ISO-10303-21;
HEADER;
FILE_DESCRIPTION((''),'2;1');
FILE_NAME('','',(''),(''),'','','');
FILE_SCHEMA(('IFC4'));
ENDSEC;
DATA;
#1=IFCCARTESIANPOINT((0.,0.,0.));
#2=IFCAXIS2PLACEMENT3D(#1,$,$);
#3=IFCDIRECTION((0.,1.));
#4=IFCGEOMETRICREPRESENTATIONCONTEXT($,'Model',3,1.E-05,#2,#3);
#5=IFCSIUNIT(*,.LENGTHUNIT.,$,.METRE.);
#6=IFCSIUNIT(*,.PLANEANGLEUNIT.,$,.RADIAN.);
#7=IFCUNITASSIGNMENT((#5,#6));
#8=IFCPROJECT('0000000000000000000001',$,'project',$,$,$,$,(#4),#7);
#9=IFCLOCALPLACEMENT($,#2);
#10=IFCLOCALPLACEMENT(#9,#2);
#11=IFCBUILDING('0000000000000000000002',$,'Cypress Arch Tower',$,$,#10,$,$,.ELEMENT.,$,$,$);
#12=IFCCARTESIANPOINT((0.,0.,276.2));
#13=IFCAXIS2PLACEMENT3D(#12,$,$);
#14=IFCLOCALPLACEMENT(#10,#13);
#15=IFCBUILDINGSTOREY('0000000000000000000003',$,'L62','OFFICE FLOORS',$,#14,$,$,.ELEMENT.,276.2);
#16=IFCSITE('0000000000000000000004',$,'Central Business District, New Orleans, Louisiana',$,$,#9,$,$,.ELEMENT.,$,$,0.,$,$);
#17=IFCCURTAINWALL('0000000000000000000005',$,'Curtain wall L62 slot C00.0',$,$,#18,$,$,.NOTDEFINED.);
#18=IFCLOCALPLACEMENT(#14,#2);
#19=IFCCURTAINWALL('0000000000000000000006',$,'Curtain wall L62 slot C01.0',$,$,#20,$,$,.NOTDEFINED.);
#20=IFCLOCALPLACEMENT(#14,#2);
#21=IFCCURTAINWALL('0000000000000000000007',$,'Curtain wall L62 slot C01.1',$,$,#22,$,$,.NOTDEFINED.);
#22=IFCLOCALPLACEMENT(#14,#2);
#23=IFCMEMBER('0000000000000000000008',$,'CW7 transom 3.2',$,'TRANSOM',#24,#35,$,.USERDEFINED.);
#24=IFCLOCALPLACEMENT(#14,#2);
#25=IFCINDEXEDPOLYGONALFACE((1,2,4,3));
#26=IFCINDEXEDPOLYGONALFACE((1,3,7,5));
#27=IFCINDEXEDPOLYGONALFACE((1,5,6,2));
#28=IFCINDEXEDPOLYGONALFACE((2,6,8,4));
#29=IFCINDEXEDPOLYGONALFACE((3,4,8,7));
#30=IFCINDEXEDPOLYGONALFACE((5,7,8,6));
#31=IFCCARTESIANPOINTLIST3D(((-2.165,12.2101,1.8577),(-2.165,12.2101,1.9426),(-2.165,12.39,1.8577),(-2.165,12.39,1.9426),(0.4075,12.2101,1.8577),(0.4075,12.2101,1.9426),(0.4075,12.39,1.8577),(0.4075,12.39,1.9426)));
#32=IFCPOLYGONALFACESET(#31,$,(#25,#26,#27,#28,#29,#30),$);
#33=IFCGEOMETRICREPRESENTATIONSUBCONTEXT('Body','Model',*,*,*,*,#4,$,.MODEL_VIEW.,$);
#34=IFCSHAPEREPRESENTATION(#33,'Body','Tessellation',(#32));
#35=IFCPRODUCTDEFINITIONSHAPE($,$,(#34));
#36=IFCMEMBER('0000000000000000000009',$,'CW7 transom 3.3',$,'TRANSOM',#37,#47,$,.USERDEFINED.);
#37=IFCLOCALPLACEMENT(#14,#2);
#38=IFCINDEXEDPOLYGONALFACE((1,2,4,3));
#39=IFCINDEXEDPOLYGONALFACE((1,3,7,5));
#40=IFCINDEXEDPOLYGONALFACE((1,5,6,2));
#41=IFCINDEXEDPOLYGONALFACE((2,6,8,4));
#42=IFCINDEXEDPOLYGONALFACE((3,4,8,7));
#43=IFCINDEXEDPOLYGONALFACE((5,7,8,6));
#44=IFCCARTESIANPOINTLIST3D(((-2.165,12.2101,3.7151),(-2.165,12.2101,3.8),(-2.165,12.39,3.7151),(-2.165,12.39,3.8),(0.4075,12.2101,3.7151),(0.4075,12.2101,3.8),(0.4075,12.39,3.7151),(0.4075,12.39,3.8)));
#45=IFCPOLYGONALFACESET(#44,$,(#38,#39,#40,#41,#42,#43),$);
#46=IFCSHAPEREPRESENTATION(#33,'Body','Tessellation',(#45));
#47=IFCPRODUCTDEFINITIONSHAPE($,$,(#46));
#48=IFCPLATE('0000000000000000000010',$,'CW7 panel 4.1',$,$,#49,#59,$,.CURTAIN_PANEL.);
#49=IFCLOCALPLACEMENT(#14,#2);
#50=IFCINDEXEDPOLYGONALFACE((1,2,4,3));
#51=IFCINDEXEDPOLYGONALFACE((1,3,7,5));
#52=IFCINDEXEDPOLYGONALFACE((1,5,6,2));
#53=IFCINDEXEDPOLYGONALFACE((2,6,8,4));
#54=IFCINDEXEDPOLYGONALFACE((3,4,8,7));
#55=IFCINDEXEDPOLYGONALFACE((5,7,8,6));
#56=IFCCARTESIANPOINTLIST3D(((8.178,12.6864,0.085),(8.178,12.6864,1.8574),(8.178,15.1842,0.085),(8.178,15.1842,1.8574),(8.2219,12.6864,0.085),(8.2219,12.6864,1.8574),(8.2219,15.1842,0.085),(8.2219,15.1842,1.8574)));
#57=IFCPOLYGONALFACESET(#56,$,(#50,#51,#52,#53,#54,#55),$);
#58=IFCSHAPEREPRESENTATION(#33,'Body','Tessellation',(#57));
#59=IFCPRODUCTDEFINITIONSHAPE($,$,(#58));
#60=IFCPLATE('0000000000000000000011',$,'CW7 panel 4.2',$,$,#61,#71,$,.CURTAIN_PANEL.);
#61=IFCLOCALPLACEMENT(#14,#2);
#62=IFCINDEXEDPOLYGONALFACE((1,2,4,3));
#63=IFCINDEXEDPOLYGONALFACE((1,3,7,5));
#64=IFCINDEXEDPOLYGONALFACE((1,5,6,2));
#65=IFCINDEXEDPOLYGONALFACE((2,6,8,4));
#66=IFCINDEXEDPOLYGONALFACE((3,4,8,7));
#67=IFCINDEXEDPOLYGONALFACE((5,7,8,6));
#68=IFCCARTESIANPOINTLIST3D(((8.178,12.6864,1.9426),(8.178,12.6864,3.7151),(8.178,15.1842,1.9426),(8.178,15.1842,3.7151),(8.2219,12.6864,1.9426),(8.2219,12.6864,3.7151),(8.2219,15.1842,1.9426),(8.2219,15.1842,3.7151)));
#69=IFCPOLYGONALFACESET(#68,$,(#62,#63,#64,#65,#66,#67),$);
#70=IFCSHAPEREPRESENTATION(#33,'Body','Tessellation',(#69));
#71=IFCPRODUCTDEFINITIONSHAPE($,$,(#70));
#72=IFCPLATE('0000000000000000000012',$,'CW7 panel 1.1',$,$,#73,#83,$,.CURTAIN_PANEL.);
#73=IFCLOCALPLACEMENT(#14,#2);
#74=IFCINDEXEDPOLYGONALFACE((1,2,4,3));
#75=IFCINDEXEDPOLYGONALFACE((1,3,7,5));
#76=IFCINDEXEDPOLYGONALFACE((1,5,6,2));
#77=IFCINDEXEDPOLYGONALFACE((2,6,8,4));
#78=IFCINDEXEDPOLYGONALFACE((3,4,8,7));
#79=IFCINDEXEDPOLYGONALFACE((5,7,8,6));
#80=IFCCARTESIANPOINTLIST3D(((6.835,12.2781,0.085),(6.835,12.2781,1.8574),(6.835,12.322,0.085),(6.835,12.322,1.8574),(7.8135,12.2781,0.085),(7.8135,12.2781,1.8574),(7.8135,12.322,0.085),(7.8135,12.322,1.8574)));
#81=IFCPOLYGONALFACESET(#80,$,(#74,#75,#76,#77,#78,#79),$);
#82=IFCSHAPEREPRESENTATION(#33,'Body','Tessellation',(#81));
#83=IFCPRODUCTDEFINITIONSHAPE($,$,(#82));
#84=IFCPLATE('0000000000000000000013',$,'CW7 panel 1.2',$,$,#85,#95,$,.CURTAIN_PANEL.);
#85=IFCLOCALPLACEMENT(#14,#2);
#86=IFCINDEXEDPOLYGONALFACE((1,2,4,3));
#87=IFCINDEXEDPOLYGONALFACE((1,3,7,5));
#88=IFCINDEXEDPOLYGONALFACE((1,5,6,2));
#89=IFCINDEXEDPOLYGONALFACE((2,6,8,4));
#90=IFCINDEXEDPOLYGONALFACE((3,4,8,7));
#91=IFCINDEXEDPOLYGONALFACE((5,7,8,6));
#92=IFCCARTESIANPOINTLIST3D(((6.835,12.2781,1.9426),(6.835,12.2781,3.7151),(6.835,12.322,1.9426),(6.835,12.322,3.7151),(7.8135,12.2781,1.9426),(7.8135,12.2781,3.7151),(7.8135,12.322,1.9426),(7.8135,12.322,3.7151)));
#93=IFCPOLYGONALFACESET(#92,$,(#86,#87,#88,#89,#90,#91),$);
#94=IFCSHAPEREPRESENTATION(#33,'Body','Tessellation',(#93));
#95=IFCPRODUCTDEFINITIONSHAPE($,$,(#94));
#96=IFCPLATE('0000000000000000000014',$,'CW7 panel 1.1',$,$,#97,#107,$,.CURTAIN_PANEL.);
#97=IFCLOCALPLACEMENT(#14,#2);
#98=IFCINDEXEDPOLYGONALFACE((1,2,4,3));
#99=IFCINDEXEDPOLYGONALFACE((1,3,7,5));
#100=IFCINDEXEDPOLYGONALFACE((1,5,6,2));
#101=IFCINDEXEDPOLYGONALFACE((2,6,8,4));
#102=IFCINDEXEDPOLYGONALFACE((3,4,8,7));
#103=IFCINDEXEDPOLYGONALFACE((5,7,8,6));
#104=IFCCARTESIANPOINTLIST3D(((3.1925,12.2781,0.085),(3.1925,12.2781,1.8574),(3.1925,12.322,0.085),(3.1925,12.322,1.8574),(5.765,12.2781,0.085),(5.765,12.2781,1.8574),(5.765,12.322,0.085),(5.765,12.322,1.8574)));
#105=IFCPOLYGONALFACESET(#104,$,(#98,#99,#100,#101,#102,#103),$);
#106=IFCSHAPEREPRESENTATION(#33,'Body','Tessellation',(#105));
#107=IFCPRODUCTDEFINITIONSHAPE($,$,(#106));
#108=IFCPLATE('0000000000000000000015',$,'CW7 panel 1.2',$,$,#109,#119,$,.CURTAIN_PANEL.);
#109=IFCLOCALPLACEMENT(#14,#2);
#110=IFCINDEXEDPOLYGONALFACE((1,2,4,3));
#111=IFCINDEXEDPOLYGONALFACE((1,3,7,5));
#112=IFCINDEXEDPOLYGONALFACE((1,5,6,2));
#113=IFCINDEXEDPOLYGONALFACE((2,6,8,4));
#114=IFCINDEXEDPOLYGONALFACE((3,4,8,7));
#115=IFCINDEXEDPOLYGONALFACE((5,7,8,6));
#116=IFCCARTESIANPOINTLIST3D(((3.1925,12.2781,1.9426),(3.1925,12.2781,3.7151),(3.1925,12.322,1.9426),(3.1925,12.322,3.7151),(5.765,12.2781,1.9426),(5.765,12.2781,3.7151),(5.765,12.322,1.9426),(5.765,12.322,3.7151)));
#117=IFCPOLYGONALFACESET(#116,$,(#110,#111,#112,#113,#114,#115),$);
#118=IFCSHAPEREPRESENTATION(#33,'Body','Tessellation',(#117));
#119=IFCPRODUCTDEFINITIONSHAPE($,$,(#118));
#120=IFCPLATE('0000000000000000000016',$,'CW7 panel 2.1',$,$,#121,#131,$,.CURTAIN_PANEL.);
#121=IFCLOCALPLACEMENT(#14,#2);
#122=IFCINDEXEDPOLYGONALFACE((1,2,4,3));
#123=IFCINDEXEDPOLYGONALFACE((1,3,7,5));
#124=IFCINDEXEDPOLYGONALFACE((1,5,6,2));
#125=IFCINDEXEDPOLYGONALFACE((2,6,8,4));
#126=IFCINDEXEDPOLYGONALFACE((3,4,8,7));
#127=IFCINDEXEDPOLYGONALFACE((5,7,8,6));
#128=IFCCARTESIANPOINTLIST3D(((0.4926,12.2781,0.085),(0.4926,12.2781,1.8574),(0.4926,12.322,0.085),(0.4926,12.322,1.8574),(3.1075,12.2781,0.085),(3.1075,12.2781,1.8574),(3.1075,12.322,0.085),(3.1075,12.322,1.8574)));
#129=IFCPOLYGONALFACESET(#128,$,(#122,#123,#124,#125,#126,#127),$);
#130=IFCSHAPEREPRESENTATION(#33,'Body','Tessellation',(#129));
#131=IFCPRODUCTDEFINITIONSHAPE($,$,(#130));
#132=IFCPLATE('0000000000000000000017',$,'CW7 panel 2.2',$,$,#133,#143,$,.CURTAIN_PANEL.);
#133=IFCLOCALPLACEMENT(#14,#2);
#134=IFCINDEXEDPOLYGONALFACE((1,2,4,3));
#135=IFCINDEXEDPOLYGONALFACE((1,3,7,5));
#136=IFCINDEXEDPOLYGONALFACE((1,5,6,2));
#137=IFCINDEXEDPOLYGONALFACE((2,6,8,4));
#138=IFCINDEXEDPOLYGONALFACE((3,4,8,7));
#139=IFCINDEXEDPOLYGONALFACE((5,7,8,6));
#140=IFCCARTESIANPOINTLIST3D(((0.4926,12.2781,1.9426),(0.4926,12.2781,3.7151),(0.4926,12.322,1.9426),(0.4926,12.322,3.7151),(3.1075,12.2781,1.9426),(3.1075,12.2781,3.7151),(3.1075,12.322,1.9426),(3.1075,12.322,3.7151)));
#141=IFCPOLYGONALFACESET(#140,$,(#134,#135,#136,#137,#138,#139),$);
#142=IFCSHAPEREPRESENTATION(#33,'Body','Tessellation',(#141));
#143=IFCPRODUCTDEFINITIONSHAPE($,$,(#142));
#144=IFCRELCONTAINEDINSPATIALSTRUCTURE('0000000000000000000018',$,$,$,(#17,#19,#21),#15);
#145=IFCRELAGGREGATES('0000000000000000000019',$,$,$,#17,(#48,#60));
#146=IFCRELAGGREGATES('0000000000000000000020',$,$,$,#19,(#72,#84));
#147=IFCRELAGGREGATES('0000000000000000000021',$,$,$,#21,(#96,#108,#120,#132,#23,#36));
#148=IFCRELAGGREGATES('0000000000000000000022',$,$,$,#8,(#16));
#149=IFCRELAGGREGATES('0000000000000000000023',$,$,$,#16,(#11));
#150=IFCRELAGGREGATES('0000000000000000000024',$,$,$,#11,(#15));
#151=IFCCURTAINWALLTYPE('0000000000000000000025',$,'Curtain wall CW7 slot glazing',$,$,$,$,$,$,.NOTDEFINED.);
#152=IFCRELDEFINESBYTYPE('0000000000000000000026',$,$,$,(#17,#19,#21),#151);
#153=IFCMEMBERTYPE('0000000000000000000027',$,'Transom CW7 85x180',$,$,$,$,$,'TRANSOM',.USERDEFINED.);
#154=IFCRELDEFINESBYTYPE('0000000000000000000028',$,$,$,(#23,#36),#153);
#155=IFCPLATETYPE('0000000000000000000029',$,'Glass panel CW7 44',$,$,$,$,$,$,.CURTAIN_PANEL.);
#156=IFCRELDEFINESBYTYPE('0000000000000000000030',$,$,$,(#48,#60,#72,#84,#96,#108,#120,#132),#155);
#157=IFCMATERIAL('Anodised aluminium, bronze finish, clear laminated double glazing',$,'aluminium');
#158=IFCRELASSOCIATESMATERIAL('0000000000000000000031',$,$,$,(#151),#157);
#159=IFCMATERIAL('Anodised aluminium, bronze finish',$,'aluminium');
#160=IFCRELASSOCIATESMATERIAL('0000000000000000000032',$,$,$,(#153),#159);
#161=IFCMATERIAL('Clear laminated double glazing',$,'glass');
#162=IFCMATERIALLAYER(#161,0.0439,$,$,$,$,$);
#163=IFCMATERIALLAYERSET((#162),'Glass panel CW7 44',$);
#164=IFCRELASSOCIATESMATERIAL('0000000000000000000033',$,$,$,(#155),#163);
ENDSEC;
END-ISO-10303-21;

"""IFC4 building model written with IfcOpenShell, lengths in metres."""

from ifc_helpers import new_model, si_unit, direction, frame, origin, origin_2d, place, context, subcontext, project, spatial, rectangle, extrude, material, layer, layer_set, material_profile, profile_set, type_object, element, aggregate, save


model = new_model("IFC4")

# Units and contexts
model_context = context("Model", 3, precision=1e-05, world=origin(), true_north=direction((0.0, 1.0)))
body_context = subcontext(model_context, "Body", "Model", "MODEL_VIEW")
ifc_project = project(units=[si_unit("LENGTHUNIT", "METRE"), si_unit("PLANEANGLEUNIT", "RADIAN")], contexts=[model_context])

# Site, building, storey
site_placement = place(None, origin())
site = spatial("IfcSite", under=ifc_project, at=site_placement, Name="Central Business District, New Orleans, Louisiana", CompositionType="ELEMENT", RefElevation=0.0)
building_placement = place(site_placement, origin())
building = spatial("IfcBuilding", under=site, at=building_placement, Name="Cypress Arch Tower", CompositionType="ELEMENT")
storey_placement = place(building_placement, frame((0.0, 0.0, 276.2)))
storey = spatial("IfcBuildingStorey", under=building, at=storey_placement, Name="L62", Description="OFFICE FLOORS", CompositionType="ELEMENT", Elevation=276.2)

# Curtain walls
ifc_material_1 = material(Name="Anodised aluminium, bronze finish, clear laminated double glazing", Category="aluminium")
curtain_wall_type = type_object("IfcCurtainWallType", Name="Curtain wall CW7 slot glazing", PredefinedType="NOTDEFINED", material=ifc_material_1)
curtain_wall_1_placement = place(storey_placement, origin())
curtain_wall_1 = element("IfcCurtainWall", 1, at=curtain_wall_1_placement, inside=storey, type_object=curtain_wall_type, Name="Curtain wall L62 slot C00.0", PredefinedType="NOTDEFINED")
curtain_wall_2_placement = place(storey_placement, origin())
curtain_wall_2 = element("IfcCurtainWall", 2, at=curtain_wall_2_placement, inside=storey, type_object=curtain_wall_type, Name="Curtain wall L62 slot C01.0", PredefinedType="NOTDEFINED")
curtain_wall_3_placement = place(storey_placement, origin())
curtain_wall_3 = element("IfcCurtainWall", 3, at=curtain_wall_3_placement, inside=storey, type_object=curtain_wall_type, Name="Curtain wall L62 slot C01.1", PredefinedType="NOTDEFINED")

# Members
ifc_material_2 = material(Name="Anodised aluminium, bronze finish", Category="aluminium")
ifc_material_profile_1 = material_profile(ifc_material_2, rectangle(XDim=0.1799, YDim=0.085, at=origin_2d()), Name="Transom 85x180")
ifc_profile_set_1 = profile_set([ifc_material_profile_1], Name="Anodised aluminium, bronze finish")
member_type_1 = type_object("IfcMemberType", Name="Transom CW7 85x180", ElementType="TRANSOM", PredefinedType="USERDEFINED", material=ifc_profile_set_1)
member_1_placement = place(storey_placement, frame((0.4075, 12.3, 1.9001), z_axis=(-1.0, 0.0, 0.0), x_axis=(0.0, -1.0, 0.0)))
member_1 = element("IfcMember", 4, at=member_1_placement, type_object=member_type_1, Name="CW7 transom 3.2", ObjectType="TRANSOM", PredefinedType="USERDEFINED", context=body_context, shape_type="SweptSolid", body=[
    extrude(rectangle(XDim=0.1799, YDim=0.085, at=origin_2d()), origin(), (0.0, 0.0, 1.0), 2.5725),
])
member_2_placement = place(storey_placement, frame((0.4075, 12.3, 3.7576), z_axis=(-1.0, 0.0, 0.0), x_axis=(0.0, -1.0, 0.0)))
member_2 = element("IfcMember", 5, at=member_2_placement, type_object=member_type_1, Name="CW7 transom 3.3", ObjectType="TRANSOM", PredefinedType="USERDEFINED", context=body_context, shape_type="SweptSolid", body=[
    extrude(rectangle(XDim=0.1799, YDim=0.085, at=origin_2d()), origin(), (0.0, 0.0, 1.0), 2.5725),
])

# Plates
ifc_material_3 = material(Name="Clear laminated double glazing", Category="glass")
ifc_layer = layer(ifc_material_3, 0.0439)
ifc_layer_set = layer_set([ifc_layer], Name="Glass panel CW7 44")
plate_type = type_object("IfcPlateType", Name="Glass panel CW7 44", PredefinedType="CURTAIN_PANEL", material=ifc_layer_set)
plate_1_placement = place(storey_placement, frame((8.2, 13.9353, 0.085), z_axis=(0.0, 0.0, 1.0), x_axis=(0.0, -1.0, 0.0)))
plate_1 = element("IfcPlate", 6, at=plate_1_placement, type_object=plate_type, Name="CW7 panel 4.1", PredefinedType="CURTAIN_PANEL", context=body_context, shape_type="SweptSolid", body=[
    extrude(rectangle(XDim=2.4978, YDim=0.0439, at=origin_2d()), origin(), (0.0, 0.0, 1.0), 1.7725),
])
plate_2_placement = place(storey_placement, frame((8.2, 13.9353, 1.9426), z_axis=(0.0, 0.0, 1.0), x_axis=(0.0, -1.0, 0.0)))
plate_2 = element("IfcPlate", 7, at=plate_2_placement, type_object=plate_type, Name="CW7 panel 4.2", PredefinedType="CURTAIN_PANEL", context=body_context, shape_type="SweptSolid", body=[
    extrude(rectangle(XDim=2.4978, YDim=0.0439, at=origin_2d()), origin(), (0.0, 0.0, 1.0), 1.7725),
])
aggregate(curtain_wall_1, [plate_1, plate_2])
plate_3_placement = place(storey_placement, frame((7.3242, 12.3, 0.085), z_axis=(0.0, 0.0, 1.0), x_axis=(-1.0, 0.0, 0.0)))
plate_3 = element("IfcPlate", 8, at=plate_3_placement, type_object=plate_type, Name="CW7 panel 1.1", PredefinedType="CURTAIN_PANEL", context=body_context, shape_type="SweptSolid", body=[
    extrude(rectangle(XDim=0.9785, YDim=0.0439, at=origin_2d()), origin(), (0.0, 0.0, 1.0), 1.7725),
])
plate_4_placement = place(storey_placement, frame((7.3242, 12.3, 1.9426), z_axis=(0.0, 0.0, 1.0), x_axis=(-1.0, 0.0, 0.0)))
plate_4 = element("IfcPlate", 9, at=plate_4_placement, type_object=plate_type, Name="CW7 panel 1.2", PredefinedType="CURTAIN_PANEL", context=body_context, shape_type="SweptSolid", body=[
    extrude(rectangle(XDim=0.9785, YDim=0.0439, at=origin_2d()), origin(), (0.0, 0.0, 1.0), 1.7725),
])
aggregate(curtain_wall_2, [plate_3, plate_4])
plate_5_placement = place(storey_placement, frame((4.4788, 12.3, 0.085), z_axis=(0.0, 0.0, 1.0), x_axis=(-1.0, 0.0, 0.0)))
plate_5 = element("IfcPlate", 10, at=plate_5_placement, type_object=plate_type, Name="CW7 panel 1.1", PredefinedType="CURTAIN_PANEL", context=body_context, shape_type="SweptSolid", body=[
    extrude(rectangle(XDim=2.5725, YDim=0.0439, at=origin_2d()), origin(), (0.0, 0.0, 1.0), 1.7725),
])
plate_6_placement = place(storey_placement, frame((4.4788, 12.3, 1.9426), z_axis=(0.0, 0.0, 1.0), x_axis=(-1.0, 0.0, 0.0)))
plate_6 = element("IfcPlate", 11, at=plate_6_placement, type_object=plate_type, Name="CW7 panel 1.2", PredefinedType="CURTAIN_PANEL", context=body_context, shape_type="SweptSolid", body=[
    extrude(rectangle(XDim=2.5725, YDim=0.0439, at=origin_2d()), origin(), (0.0, 0.0, 1.0), 1.7725),
])
plate_7_placement = place(storey_placement, frame((1.8, 12.3, 0.085), z_axis=(0.0, 0.0, 1.0), x_axis=(-1.0, 0.0, 0.0)))
plate_7 = element("IfcPlate", 12, at=plate_7_placement, type_object=plate_type, Name="CW7 panel 2.1", PredefinedType="CURTAIN_PANEL", context=body_context, shape_type="SweptSolid", body=[
    extrude(rectangle(XDim=2.615, YDim=0.0439, at=origin_2d()), origin(), (0.0, 0.0, 1.0), 1.7725),
])
plate_8_placement = place(storey_placement, frame((1.8, 12.3, 1.9426), z_axis=(0.0, 0.0, 1.0), x_axis=(-1.0, 0.0, 0.0)))
plate_8 = element("IfcPlate", 13, at=plate_8_placement, type_object=plate_type, Name="CW7 panel 2.2", PredefinedType="CURTAIN_PANEL", context=body_context, shape_type="SweptSolid", body=[
    extrude(rectangle(XDim=2.615, YDim=0.0439, at=origin_2d()), origin(), (0.0, 0.0, 1.0), 1.7725),
])
aggregate(curtain_wall_3, [plate_5, plate_6, plate_7, plate_8, member_1, member_2])

save(model, "model.ifc")
